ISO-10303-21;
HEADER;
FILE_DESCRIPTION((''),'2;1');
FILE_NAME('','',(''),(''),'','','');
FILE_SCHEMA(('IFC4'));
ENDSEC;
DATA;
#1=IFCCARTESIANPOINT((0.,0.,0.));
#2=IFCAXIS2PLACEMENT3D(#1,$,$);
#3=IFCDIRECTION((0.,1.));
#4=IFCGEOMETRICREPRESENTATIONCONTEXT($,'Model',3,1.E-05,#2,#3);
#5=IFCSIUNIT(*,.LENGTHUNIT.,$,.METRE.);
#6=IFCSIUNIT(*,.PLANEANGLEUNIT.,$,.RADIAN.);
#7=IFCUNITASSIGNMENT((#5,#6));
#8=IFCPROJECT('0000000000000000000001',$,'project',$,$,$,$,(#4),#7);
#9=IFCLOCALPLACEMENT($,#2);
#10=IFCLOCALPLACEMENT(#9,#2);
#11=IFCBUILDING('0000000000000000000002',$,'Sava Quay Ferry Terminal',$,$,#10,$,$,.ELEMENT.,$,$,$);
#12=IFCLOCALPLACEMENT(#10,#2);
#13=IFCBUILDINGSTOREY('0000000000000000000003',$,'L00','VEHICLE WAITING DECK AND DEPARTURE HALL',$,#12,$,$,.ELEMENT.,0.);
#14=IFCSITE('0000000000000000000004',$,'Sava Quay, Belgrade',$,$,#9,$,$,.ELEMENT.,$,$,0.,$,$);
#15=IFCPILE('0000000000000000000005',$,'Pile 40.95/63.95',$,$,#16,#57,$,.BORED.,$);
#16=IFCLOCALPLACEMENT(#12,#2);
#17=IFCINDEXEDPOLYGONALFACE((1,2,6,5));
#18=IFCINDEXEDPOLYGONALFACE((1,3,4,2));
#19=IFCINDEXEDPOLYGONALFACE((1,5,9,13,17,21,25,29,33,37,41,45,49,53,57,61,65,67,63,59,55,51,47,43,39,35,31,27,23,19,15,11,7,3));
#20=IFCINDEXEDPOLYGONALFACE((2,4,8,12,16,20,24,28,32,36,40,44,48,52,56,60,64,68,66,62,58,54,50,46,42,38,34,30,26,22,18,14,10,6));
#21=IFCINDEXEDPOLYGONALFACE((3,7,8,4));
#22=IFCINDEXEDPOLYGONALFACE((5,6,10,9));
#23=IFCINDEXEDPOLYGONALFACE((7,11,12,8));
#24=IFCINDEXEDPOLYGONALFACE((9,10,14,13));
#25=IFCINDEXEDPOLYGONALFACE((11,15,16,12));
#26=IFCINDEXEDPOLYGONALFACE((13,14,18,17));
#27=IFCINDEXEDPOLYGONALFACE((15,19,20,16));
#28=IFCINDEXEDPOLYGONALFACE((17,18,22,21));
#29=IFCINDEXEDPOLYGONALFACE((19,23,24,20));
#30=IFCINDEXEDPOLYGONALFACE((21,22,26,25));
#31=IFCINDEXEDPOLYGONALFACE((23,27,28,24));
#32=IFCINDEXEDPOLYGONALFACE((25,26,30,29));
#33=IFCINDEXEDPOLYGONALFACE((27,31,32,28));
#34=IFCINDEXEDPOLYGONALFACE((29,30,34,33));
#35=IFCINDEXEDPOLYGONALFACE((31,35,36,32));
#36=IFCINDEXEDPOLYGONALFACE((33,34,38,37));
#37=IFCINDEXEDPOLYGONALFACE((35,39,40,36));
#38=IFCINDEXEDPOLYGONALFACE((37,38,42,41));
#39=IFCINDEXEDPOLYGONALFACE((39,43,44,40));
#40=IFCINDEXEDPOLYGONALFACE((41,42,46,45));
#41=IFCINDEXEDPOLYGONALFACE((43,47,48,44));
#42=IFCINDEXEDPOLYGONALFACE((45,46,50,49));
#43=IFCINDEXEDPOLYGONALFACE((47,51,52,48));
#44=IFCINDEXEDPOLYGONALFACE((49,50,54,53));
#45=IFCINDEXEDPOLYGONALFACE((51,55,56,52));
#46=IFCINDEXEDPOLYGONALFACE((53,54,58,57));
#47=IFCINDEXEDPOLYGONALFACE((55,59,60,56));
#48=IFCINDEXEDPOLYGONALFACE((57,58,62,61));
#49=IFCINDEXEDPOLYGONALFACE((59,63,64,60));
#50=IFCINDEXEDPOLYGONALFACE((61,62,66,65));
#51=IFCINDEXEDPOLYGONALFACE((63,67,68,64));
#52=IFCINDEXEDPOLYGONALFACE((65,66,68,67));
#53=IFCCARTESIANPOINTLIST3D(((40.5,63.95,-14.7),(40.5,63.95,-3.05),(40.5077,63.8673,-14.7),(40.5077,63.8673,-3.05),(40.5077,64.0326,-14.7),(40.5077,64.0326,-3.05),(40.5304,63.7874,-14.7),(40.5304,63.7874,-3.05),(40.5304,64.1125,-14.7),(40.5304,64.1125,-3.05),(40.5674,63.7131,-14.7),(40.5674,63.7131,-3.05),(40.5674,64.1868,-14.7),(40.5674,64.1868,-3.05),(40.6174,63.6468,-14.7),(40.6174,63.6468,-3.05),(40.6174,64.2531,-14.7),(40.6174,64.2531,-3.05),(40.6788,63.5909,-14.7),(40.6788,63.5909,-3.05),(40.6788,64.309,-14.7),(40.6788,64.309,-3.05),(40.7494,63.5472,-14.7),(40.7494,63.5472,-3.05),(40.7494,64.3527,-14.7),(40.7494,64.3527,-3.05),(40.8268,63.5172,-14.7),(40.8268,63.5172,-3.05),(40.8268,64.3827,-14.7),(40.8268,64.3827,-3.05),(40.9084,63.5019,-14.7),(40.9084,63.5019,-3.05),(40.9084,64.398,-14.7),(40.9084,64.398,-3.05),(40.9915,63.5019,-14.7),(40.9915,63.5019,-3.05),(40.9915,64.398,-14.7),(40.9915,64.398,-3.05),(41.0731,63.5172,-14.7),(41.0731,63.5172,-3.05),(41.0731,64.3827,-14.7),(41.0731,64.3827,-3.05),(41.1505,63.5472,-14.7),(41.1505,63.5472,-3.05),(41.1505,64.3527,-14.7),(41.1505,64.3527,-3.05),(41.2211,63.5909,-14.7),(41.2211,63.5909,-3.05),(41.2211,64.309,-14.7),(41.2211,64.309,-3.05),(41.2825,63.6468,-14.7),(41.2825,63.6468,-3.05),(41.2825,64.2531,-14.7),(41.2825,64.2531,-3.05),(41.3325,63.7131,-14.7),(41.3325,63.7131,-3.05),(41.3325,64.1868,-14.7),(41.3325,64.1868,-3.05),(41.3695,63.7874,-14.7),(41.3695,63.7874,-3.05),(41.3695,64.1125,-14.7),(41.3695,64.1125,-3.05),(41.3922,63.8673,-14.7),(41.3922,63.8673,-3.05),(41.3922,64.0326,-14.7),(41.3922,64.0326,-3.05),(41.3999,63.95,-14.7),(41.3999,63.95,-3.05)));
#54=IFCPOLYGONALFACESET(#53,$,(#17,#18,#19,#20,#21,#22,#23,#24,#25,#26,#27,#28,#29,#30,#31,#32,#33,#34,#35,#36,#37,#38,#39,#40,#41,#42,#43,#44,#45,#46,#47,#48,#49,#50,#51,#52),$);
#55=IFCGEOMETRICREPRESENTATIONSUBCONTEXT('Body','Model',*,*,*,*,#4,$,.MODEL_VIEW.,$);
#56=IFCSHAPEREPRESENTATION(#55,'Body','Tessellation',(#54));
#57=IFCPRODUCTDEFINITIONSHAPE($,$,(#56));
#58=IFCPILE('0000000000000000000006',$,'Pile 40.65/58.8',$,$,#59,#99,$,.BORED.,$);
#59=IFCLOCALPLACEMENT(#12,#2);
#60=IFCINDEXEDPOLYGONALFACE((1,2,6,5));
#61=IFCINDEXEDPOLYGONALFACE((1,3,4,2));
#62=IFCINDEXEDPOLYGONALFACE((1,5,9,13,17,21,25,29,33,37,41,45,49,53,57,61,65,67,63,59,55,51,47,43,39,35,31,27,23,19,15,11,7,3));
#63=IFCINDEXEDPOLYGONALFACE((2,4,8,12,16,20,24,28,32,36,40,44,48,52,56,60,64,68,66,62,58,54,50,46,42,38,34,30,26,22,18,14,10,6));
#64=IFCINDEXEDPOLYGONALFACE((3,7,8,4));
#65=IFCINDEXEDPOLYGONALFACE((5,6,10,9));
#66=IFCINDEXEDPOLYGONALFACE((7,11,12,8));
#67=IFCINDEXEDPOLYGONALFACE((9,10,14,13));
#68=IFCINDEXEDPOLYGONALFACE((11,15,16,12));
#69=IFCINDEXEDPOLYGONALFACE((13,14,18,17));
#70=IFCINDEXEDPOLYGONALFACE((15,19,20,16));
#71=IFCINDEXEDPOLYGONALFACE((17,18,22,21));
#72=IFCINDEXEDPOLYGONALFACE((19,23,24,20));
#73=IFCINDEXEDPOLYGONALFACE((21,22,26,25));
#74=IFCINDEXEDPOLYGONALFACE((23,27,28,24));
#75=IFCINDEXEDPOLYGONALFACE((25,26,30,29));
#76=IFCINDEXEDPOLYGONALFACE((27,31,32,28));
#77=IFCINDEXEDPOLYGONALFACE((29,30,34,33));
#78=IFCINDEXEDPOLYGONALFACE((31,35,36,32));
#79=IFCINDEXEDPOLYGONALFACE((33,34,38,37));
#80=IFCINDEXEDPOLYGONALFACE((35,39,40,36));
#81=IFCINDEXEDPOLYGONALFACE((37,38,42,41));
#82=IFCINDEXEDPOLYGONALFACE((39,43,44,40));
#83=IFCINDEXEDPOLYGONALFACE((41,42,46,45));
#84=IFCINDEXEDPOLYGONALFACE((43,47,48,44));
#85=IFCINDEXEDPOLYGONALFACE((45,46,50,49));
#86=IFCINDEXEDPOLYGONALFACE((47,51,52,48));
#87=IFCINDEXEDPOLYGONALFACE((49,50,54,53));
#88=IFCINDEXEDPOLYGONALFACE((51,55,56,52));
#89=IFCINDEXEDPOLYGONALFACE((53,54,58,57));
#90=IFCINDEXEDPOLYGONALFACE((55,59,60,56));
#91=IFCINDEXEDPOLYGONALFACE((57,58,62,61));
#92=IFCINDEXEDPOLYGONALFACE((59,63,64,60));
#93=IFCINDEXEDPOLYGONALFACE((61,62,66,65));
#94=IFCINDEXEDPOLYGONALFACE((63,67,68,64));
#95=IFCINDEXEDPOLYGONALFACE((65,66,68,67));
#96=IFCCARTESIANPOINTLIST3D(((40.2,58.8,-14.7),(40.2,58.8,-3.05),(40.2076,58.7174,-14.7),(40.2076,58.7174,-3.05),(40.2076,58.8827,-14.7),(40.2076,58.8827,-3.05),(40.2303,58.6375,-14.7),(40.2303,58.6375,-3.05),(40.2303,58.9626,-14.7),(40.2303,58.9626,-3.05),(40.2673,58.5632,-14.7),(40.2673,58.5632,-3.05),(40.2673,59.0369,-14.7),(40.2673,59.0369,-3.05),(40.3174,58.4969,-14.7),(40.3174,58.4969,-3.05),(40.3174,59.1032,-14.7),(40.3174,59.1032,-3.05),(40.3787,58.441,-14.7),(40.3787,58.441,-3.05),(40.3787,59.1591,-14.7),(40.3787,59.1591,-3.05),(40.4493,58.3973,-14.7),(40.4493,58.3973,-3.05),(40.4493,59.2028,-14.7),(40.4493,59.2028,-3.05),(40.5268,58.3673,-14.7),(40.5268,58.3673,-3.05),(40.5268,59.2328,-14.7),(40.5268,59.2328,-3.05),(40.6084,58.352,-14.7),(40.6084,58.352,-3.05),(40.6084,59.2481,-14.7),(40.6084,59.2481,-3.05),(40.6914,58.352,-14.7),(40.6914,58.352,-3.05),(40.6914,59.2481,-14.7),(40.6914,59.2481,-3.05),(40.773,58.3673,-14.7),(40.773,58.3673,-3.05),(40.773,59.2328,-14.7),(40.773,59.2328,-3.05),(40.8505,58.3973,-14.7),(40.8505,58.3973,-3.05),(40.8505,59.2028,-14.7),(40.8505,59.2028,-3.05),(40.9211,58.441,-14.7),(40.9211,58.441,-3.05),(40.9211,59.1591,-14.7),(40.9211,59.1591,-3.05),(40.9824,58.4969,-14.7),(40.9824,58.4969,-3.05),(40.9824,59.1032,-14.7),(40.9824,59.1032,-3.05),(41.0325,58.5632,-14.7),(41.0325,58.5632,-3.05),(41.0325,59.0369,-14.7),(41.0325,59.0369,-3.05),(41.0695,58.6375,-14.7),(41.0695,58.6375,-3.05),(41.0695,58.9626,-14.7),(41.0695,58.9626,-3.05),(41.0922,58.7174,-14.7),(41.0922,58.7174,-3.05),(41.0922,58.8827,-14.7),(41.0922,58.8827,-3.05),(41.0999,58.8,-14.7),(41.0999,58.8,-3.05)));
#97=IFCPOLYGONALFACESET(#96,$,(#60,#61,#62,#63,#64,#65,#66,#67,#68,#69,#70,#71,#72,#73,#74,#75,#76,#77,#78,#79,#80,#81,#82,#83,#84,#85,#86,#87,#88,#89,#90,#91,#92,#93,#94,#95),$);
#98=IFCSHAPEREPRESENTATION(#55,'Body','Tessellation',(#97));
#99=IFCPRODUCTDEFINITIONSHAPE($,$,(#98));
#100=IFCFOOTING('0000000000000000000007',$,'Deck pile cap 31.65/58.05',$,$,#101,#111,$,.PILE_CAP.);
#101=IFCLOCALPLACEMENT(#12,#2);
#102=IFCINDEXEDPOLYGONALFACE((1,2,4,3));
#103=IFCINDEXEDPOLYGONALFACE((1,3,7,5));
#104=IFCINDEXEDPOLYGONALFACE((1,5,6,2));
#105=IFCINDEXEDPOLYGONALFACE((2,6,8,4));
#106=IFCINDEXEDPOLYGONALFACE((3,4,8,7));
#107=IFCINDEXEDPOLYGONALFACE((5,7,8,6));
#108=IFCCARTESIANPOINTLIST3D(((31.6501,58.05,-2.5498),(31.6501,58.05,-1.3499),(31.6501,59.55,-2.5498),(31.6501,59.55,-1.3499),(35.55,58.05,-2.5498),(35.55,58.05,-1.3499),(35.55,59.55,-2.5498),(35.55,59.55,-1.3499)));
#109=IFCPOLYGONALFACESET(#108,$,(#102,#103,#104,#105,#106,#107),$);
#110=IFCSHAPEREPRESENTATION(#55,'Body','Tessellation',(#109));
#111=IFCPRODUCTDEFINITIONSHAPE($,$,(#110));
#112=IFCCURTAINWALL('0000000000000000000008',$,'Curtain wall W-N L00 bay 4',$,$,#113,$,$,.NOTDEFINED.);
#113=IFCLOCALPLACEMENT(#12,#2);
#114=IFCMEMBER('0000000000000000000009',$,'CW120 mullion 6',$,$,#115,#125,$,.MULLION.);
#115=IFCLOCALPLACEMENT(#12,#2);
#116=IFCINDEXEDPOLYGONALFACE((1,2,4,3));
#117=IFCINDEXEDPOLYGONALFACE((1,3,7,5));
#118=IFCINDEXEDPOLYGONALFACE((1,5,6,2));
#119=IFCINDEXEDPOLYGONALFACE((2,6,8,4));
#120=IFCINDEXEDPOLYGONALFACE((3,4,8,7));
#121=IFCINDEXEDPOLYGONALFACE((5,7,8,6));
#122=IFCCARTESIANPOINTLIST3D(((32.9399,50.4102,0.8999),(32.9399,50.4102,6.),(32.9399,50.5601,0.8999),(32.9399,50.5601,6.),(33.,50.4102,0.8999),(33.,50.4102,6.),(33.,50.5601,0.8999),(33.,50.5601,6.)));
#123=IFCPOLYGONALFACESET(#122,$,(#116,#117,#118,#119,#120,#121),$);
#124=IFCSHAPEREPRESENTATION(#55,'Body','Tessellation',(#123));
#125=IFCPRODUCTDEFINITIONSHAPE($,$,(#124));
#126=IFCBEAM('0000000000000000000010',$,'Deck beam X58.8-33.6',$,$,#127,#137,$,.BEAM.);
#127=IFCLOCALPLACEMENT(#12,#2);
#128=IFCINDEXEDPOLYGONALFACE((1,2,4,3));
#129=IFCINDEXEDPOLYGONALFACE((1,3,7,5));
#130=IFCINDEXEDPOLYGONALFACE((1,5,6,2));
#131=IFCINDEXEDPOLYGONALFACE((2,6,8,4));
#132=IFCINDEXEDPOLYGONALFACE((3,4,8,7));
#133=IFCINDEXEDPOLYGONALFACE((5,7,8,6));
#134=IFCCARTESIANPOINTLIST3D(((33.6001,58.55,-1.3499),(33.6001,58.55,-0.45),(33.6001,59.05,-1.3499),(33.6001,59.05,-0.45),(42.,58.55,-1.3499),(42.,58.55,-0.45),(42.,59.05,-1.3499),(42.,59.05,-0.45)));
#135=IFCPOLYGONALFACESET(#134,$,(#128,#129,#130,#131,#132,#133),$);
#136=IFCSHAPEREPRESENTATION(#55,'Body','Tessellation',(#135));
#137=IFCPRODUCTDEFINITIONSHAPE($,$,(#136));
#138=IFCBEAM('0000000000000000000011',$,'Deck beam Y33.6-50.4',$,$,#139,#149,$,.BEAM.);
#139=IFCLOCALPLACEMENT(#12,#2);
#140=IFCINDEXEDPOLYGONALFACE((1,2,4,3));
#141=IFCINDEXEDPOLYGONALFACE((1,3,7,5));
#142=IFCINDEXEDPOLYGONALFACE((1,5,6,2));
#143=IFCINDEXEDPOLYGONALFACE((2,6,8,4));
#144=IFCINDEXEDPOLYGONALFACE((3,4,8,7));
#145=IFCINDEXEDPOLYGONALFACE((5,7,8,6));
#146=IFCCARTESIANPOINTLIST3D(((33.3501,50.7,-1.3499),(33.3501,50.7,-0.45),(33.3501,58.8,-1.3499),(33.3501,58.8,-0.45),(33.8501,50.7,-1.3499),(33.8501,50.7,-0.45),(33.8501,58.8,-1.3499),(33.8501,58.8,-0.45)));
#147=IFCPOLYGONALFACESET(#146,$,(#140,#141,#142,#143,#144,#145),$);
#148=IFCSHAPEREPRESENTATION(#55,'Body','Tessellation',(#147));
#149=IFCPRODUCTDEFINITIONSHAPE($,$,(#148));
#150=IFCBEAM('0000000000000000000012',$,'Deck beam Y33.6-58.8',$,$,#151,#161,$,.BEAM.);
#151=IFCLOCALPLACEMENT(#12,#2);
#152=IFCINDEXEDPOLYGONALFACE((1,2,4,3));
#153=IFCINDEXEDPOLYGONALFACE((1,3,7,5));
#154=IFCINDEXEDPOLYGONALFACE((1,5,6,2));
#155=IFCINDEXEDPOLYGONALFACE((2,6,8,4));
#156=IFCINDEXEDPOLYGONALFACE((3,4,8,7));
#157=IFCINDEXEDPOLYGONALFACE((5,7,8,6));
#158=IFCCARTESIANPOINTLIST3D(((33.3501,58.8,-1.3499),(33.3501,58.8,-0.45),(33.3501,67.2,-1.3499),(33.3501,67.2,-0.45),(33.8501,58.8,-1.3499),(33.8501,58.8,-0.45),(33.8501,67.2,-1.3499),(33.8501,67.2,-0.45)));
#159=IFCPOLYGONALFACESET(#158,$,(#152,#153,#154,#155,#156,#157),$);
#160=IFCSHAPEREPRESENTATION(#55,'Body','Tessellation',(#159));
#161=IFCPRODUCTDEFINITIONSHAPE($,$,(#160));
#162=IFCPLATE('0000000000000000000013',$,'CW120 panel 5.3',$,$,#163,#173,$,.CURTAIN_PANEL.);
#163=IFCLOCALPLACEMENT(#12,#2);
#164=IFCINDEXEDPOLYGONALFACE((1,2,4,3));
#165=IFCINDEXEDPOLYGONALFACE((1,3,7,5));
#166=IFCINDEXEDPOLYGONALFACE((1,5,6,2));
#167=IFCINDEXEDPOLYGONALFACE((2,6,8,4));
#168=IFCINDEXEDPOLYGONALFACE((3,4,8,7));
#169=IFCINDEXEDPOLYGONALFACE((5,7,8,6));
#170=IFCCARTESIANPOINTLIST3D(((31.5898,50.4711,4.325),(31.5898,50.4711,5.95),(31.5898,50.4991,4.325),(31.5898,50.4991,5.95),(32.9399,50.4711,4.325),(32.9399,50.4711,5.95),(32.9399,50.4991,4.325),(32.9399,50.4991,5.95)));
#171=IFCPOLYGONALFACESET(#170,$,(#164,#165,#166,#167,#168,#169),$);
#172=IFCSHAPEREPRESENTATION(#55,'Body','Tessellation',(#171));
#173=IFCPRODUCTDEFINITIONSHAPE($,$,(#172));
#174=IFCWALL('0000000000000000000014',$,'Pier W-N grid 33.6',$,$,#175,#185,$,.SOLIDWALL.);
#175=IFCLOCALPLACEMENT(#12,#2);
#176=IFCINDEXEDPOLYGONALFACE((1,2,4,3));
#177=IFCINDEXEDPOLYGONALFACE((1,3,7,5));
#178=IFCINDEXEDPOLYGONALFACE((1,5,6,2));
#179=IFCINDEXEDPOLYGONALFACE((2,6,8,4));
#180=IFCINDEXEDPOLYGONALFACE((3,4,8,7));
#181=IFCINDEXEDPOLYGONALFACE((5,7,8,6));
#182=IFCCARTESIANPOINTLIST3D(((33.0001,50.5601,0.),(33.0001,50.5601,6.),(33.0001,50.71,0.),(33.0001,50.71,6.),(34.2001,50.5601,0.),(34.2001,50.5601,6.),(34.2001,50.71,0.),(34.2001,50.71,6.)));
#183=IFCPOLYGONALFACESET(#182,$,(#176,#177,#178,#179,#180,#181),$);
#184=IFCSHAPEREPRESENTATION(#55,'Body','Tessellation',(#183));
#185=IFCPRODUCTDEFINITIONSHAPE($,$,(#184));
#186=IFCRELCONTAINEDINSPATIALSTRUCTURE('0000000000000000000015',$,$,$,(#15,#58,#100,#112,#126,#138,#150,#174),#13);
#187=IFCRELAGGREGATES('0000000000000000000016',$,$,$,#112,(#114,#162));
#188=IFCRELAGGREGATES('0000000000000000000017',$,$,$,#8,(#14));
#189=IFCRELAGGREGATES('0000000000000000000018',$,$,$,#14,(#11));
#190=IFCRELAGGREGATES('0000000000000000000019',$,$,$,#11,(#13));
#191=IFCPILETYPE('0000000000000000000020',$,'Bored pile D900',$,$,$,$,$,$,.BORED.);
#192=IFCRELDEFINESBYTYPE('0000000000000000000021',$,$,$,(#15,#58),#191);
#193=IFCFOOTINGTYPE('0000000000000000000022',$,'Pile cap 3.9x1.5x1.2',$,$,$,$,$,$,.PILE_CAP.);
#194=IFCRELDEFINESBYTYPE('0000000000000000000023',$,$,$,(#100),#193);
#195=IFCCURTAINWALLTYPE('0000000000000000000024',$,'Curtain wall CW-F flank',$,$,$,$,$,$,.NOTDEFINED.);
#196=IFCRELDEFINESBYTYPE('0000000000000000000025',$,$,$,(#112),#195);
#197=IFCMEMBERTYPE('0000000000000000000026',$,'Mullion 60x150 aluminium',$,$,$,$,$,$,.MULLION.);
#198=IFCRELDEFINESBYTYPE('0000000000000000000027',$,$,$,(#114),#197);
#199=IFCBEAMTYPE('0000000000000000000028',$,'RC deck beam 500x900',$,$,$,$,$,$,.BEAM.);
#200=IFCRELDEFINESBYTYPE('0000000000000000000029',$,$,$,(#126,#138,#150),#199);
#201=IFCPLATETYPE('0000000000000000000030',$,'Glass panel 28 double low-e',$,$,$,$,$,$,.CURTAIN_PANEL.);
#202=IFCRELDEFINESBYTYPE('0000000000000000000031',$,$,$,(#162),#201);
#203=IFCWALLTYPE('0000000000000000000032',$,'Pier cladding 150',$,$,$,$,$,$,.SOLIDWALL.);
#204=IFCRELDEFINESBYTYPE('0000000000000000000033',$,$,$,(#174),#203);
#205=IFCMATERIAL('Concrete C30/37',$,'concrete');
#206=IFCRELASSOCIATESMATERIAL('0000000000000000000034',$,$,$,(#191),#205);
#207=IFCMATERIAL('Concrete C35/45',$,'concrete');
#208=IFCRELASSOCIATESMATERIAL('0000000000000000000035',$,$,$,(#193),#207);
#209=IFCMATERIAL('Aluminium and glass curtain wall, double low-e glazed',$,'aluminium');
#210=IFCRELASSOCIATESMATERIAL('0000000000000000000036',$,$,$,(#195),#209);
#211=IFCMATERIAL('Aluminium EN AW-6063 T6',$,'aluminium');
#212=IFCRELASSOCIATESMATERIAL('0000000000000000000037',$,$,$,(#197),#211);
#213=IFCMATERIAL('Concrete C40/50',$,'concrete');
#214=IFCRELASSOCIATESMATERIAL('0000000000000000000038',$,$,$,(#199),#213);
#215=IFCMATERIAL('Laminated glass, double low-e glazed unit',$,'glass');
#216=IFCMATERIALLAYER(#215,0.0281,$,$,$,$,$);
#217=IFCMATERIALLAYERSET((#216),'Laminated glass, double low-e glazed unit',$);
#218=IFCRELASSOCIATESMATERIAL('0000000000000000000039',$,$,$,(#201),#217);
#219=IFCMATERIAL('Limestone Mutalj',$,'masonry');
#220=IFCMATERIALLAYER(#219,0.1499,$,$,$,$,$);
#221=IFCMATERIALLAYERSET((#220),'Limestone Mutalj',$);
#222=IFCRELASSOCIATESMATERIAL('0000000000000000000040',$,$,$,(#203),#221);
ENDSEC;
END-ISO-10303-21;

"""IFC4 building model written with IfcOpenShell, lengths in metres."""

from ifc_helpers import new_model, si_unit, direction, frame, frame_2d, origin, origin_2d, place, context, subcontext, project, spatial, rectangle, circle, extrude, material, layer, layer_set, material_profile, profile_set, type_object, element, aggregate, save


model = new_model("IFC4")

# Units and contexts
model_context = context("Model", 3, precision=1e-05, world=origin(), true_north=direction((0.0, 1.0)))
body_context = subcontext(model_context, "Body", "Model", "MODEL_VIEW")
ifc_project = project(units=[si_unit("LENGTHUNIT", "METRE"), si_unit("PLANEANGLEUNIT", "RADIAN")], contexts=[model_context])

# Site, building, storey
site_placement = place(None, origin())
site = spatial("IfcSite", under=ifc_project, at=site_placement, Name="Sava Quay, Belgrade", CompositionType="ELEMENT", RefElevation=0.0)
building_placement = place(site_placement, origin())
building = spatial("IfcBuilding", under=site, at=building_placement, Name="Sava Quay Ferry Terminal", CompositionType="ELEMENT")
storey_placement = place(building_placement, origin())
storey = spatial("IfcBuildingStorey", under=building, at=storey_placement, Name="L00", Description="VEHICLE WAITING DECK AND DEPARTURE HALL", CompositionType="ELEMENT", Elevation=0.0)

# Piles
ifc_material_1 = material(Name="Concrete C30/37", Category="concrete")
ifc_material_profile_1 = material_profile(ifc_material_1, circle(Radius=0.45, at=origin_2d()), Name="Bored pile D900")
ifc_profile_set_1 = profile_set([ifc_material_profile_1], Name="Concrete C30/37")
pile_type = type_object("IfcPileType", Name="Bored pile D900", PredefinedType="BORED", material=ifc_profile_set_1)
for number, where, z_axis, x_axis, name in (
    (1, (40.95, 63.95, -3.05), (0.0, 0.0, -1.0), (1.0, 0.0, 0.0), "Pile 40.95/63.95"),
    (2, (40.6499, 58.8, -3.05), (0.0, 0.0, -1.0), (1.0, 0.0, 0.0), "Pile 40.65/58.8"),
):
    element("IfcPile", number, at=place(storey_placement, frame(where, z_axis=z_axis, x_axis=x_axis)), inside=storey, type_object=pile_type, Name=name, PredefinedType="BORED", context=body_context, shape_type="SweptSolid", body=[
        extrude(circle(Radius=0.45, at=origin_2d()), origin(), (0.0, 0.0, 1.0), 11.6499),
    ])

# Footing
ifc_material_2 = material(Name="Concrete C35/45", Category="concrete")
footing_type = type_object("IfcFootingType", Name="Pile cap 3.9x1.5x1.2", PredefinedType="PILE_CAP", material=ifc_material_2)
footing_placement = place(storey_placement, frame((33.6001, 58.8, -2.5498), z_axis=(0.0, 0.0, 1.0), x_axis=(1.0, 0.0, 0.0)))
element("IfcFooting", 3, at=footing_placement, inside=storey, type_object=footing_type, Name="Deck pile cap 31.65/58.05", PredefinedType="PILE_CAP", context=body_context, shape_type="SweptSolid", body=[
    extrude(rectangle(XDim=3.8999, YDim=1.5, at=origin_2d()), origin(), (0.0, 0.0, 1.0), 1.2),
])

# Curtain wall, member
ifc_material_3 = material(Name="Aluminium and glass curtain wall, double low-e glazed", Category="aluminium")
curtain_wall_type = type_object("IfcCurtainWallType", Name="Curtain wall CW-F flank", PredefinedType="NOTDEFINED", material=ifc_material_3)
curtain_wall_placement = place(storey_placement, origin())
curtain_wall = element("IfcCurtainWall", 4, at=curtain_wall_placement, inside=storey, type_object=curtain_wall_type, Name="Curtain wall W-N L00 bay 4", PredefinedType="NOTDEFINED")
ifc_material_4 = material(Name="Aluminium EN AW-6063 T6", Category="aluminium")
ifc_material_profile_2 = material_profile(ifc_material_4, rectangle(XDim=0.1499, YDim=0.0601, at=origin_2d()), Name="Mullion 60x150 aluminium")
ifc_profile_set_2 = profile_set([ifc_material_profile_2], Name="Aluminium EN AW-6063 T6")
member_type = type_object("IfcMemberType", Name="Mullion 60x150 aluminium", PredefinedType="MULLION", material=ifc_profile_set_2)
member_placement = place(storey_placement, frame((32.97, 50.4851, 0.8999), z_axis=(0.0, 0.0, 1.0), x_axis=(0.0, 1.0, 0.0)))
member = element("IfcMember", 5, at=member_placement, type_object=member_type, Name="CW120 mullion 6", PredefinedType="MULLION", context=body_context, shape_type="SweptSolid", body=[
    extrude(rectangle(XDim=0.1499, YDim=0.0601, at=origin_2d()), origin(), (0.0, 0.0, 1.0), 5.1001),
])

# Beams
ifc_material_5 = material(Name="Concrete C40/50", Category="concrete")
ifc_material_profile_3 = material_profile(ifc_material_5, rectangle(XDim=0.5, YDim=0.8999, at=origin_2d()), Name="RC 500x900")
ifc_profile_set_3 = profile_set([ifc_material_profile_3], Name="Concrete C40/50")
beam_type = type_object("IfcBeamType", Name="RC deck beam 500x900", PredefinedType="BEAM", material=ifc_profile_set_3)
beam_1_placement = place(storey_placement, frame((33.6001, 58.8, -0.8999), z_axis=(1.0, 0.0, 0.0), x_axis=(0.0, 1.0, 0.0)))
element("IfcBeam", 6, at=beam_1_placement, inside=storey, type_object=beam_type, Name="Deck beam X58.8-33.6", PredefinedType="BEAM", context=body_context, shape_type="SweptSolid", body=[
    extrude(rectangle(XDim=0.5, YDim=0.8999, at=origin_2d()), origin(), (0.0, 0.0, 1.0), 8.3999),
])
beam_2_placement = place(storey_placement, frame((33.6001, 50.7, -0.8999), z_axis=(0.0, 1.0, 0.0), x_axis=(-1.0, 0.0, 0.0)))
element("IfcBeam", 7, at=beam_2_placement, inside=storey, type_object=beam_type, Name="Deck beam Y33.6-50.4", PredefinedType="BEAM", context=body_context, shape_type="SweptSolid", body=[
    extrude(rectangle(XDim=0.5, YDim=0.8999, at=origin_2d()), origin(), (0.0, 0.0, 1.0), 8.1001),
])
beam_3_placement = place(storey_placement, frame((33.6001, 58.8, -0.8999), z_axis=(0.0, 1.0, 0.0), x_axis=(-1.0, 0.0, 0.0)))
element("IfcBeam", 8, at=beam_3_placement, inside=storey, type_object=beam_type, Name="Deck beam Y33.6-58.8", PredefinedType="BEAM", context=body_context, shape_type="SweptSolid", body=[
    extrude(rectangle(XDim=0.5, YDim=0.8999, at=origin_2d()), origin(), (0.0, 0.0, 1.0), 8.3999),
])

# Plate
ifc_material_6 = material(Name="Laminated glass, double low-e glazed unit", Category="glass")
ifc_layer_1 = layer(ifc_material_6, 0.0281)
ifc_layer_set_1 = layer_set([ifc_layer_1], Name="Laminated glass, double low-e glazed unit")
plate_type = type_object("IfcPlateType", Name="Glass panel 28 double low-e", PredefinedType="CURTAIN_PANEL", material=ifc_layer_set_1)
plate_placement = place(storey_placement, frame((32.2649, 50.4851, 4.325), z_axis=(0.0, 0.0, 1.0), x_axis=(1.0, 0.0, 0.0)))
plate = element("IfcPlate", 9, at=plate_placement, type_object=plate_type, Name="CW120 panel 5.3", PredefinedType="CURTAIN_PANEL", context=body_context, shape_type="SweptSolid", body=[
    extrude(rectangle(XDim=1.3501, YDim=0.0281, at=origin_2d()), origin(), (0.0, 0.0, 1.0), 1.625),
])
aggregate(curtain_wall, [member, plate])

# Wall
ifc_material_7 = material(Name="Limestone Mutalj", Category="masonry")
ifc_layer_2 = layer(ifc_material_7, 0.1499)
ifc_layer_set_2 = layer_set([ifc_layer_2], Name="Limestone Mutalj")
wall_type = type_object("IfcWallType", Name="Pier cladding 150", PredefinedType="SOLIDWALL", material=ifc_layer_set_2)
wall_placement = place(storey_placement, frame((33.0, 50.635, 0.0), z_axis=(0.0, 0.0, 1.0), x_axis=(1.0, 0.0, 0.0)))
element("IfcWall", 10, at=wall_placement, inside=storey, type_object=wall_type, Name="Pier W-N grid 33.6", PredefinedType="SOLIDWALL", context=body_context, shape_type="SweptSolid", body=[
    extrude(rectangle(XDim=1.2, YDim=0.1499, at=frame_2d((0.6001, 0.0))), origin(), (0.0, 0.0, 1.0), 6.0),
])

save(model, "model.ifc")
